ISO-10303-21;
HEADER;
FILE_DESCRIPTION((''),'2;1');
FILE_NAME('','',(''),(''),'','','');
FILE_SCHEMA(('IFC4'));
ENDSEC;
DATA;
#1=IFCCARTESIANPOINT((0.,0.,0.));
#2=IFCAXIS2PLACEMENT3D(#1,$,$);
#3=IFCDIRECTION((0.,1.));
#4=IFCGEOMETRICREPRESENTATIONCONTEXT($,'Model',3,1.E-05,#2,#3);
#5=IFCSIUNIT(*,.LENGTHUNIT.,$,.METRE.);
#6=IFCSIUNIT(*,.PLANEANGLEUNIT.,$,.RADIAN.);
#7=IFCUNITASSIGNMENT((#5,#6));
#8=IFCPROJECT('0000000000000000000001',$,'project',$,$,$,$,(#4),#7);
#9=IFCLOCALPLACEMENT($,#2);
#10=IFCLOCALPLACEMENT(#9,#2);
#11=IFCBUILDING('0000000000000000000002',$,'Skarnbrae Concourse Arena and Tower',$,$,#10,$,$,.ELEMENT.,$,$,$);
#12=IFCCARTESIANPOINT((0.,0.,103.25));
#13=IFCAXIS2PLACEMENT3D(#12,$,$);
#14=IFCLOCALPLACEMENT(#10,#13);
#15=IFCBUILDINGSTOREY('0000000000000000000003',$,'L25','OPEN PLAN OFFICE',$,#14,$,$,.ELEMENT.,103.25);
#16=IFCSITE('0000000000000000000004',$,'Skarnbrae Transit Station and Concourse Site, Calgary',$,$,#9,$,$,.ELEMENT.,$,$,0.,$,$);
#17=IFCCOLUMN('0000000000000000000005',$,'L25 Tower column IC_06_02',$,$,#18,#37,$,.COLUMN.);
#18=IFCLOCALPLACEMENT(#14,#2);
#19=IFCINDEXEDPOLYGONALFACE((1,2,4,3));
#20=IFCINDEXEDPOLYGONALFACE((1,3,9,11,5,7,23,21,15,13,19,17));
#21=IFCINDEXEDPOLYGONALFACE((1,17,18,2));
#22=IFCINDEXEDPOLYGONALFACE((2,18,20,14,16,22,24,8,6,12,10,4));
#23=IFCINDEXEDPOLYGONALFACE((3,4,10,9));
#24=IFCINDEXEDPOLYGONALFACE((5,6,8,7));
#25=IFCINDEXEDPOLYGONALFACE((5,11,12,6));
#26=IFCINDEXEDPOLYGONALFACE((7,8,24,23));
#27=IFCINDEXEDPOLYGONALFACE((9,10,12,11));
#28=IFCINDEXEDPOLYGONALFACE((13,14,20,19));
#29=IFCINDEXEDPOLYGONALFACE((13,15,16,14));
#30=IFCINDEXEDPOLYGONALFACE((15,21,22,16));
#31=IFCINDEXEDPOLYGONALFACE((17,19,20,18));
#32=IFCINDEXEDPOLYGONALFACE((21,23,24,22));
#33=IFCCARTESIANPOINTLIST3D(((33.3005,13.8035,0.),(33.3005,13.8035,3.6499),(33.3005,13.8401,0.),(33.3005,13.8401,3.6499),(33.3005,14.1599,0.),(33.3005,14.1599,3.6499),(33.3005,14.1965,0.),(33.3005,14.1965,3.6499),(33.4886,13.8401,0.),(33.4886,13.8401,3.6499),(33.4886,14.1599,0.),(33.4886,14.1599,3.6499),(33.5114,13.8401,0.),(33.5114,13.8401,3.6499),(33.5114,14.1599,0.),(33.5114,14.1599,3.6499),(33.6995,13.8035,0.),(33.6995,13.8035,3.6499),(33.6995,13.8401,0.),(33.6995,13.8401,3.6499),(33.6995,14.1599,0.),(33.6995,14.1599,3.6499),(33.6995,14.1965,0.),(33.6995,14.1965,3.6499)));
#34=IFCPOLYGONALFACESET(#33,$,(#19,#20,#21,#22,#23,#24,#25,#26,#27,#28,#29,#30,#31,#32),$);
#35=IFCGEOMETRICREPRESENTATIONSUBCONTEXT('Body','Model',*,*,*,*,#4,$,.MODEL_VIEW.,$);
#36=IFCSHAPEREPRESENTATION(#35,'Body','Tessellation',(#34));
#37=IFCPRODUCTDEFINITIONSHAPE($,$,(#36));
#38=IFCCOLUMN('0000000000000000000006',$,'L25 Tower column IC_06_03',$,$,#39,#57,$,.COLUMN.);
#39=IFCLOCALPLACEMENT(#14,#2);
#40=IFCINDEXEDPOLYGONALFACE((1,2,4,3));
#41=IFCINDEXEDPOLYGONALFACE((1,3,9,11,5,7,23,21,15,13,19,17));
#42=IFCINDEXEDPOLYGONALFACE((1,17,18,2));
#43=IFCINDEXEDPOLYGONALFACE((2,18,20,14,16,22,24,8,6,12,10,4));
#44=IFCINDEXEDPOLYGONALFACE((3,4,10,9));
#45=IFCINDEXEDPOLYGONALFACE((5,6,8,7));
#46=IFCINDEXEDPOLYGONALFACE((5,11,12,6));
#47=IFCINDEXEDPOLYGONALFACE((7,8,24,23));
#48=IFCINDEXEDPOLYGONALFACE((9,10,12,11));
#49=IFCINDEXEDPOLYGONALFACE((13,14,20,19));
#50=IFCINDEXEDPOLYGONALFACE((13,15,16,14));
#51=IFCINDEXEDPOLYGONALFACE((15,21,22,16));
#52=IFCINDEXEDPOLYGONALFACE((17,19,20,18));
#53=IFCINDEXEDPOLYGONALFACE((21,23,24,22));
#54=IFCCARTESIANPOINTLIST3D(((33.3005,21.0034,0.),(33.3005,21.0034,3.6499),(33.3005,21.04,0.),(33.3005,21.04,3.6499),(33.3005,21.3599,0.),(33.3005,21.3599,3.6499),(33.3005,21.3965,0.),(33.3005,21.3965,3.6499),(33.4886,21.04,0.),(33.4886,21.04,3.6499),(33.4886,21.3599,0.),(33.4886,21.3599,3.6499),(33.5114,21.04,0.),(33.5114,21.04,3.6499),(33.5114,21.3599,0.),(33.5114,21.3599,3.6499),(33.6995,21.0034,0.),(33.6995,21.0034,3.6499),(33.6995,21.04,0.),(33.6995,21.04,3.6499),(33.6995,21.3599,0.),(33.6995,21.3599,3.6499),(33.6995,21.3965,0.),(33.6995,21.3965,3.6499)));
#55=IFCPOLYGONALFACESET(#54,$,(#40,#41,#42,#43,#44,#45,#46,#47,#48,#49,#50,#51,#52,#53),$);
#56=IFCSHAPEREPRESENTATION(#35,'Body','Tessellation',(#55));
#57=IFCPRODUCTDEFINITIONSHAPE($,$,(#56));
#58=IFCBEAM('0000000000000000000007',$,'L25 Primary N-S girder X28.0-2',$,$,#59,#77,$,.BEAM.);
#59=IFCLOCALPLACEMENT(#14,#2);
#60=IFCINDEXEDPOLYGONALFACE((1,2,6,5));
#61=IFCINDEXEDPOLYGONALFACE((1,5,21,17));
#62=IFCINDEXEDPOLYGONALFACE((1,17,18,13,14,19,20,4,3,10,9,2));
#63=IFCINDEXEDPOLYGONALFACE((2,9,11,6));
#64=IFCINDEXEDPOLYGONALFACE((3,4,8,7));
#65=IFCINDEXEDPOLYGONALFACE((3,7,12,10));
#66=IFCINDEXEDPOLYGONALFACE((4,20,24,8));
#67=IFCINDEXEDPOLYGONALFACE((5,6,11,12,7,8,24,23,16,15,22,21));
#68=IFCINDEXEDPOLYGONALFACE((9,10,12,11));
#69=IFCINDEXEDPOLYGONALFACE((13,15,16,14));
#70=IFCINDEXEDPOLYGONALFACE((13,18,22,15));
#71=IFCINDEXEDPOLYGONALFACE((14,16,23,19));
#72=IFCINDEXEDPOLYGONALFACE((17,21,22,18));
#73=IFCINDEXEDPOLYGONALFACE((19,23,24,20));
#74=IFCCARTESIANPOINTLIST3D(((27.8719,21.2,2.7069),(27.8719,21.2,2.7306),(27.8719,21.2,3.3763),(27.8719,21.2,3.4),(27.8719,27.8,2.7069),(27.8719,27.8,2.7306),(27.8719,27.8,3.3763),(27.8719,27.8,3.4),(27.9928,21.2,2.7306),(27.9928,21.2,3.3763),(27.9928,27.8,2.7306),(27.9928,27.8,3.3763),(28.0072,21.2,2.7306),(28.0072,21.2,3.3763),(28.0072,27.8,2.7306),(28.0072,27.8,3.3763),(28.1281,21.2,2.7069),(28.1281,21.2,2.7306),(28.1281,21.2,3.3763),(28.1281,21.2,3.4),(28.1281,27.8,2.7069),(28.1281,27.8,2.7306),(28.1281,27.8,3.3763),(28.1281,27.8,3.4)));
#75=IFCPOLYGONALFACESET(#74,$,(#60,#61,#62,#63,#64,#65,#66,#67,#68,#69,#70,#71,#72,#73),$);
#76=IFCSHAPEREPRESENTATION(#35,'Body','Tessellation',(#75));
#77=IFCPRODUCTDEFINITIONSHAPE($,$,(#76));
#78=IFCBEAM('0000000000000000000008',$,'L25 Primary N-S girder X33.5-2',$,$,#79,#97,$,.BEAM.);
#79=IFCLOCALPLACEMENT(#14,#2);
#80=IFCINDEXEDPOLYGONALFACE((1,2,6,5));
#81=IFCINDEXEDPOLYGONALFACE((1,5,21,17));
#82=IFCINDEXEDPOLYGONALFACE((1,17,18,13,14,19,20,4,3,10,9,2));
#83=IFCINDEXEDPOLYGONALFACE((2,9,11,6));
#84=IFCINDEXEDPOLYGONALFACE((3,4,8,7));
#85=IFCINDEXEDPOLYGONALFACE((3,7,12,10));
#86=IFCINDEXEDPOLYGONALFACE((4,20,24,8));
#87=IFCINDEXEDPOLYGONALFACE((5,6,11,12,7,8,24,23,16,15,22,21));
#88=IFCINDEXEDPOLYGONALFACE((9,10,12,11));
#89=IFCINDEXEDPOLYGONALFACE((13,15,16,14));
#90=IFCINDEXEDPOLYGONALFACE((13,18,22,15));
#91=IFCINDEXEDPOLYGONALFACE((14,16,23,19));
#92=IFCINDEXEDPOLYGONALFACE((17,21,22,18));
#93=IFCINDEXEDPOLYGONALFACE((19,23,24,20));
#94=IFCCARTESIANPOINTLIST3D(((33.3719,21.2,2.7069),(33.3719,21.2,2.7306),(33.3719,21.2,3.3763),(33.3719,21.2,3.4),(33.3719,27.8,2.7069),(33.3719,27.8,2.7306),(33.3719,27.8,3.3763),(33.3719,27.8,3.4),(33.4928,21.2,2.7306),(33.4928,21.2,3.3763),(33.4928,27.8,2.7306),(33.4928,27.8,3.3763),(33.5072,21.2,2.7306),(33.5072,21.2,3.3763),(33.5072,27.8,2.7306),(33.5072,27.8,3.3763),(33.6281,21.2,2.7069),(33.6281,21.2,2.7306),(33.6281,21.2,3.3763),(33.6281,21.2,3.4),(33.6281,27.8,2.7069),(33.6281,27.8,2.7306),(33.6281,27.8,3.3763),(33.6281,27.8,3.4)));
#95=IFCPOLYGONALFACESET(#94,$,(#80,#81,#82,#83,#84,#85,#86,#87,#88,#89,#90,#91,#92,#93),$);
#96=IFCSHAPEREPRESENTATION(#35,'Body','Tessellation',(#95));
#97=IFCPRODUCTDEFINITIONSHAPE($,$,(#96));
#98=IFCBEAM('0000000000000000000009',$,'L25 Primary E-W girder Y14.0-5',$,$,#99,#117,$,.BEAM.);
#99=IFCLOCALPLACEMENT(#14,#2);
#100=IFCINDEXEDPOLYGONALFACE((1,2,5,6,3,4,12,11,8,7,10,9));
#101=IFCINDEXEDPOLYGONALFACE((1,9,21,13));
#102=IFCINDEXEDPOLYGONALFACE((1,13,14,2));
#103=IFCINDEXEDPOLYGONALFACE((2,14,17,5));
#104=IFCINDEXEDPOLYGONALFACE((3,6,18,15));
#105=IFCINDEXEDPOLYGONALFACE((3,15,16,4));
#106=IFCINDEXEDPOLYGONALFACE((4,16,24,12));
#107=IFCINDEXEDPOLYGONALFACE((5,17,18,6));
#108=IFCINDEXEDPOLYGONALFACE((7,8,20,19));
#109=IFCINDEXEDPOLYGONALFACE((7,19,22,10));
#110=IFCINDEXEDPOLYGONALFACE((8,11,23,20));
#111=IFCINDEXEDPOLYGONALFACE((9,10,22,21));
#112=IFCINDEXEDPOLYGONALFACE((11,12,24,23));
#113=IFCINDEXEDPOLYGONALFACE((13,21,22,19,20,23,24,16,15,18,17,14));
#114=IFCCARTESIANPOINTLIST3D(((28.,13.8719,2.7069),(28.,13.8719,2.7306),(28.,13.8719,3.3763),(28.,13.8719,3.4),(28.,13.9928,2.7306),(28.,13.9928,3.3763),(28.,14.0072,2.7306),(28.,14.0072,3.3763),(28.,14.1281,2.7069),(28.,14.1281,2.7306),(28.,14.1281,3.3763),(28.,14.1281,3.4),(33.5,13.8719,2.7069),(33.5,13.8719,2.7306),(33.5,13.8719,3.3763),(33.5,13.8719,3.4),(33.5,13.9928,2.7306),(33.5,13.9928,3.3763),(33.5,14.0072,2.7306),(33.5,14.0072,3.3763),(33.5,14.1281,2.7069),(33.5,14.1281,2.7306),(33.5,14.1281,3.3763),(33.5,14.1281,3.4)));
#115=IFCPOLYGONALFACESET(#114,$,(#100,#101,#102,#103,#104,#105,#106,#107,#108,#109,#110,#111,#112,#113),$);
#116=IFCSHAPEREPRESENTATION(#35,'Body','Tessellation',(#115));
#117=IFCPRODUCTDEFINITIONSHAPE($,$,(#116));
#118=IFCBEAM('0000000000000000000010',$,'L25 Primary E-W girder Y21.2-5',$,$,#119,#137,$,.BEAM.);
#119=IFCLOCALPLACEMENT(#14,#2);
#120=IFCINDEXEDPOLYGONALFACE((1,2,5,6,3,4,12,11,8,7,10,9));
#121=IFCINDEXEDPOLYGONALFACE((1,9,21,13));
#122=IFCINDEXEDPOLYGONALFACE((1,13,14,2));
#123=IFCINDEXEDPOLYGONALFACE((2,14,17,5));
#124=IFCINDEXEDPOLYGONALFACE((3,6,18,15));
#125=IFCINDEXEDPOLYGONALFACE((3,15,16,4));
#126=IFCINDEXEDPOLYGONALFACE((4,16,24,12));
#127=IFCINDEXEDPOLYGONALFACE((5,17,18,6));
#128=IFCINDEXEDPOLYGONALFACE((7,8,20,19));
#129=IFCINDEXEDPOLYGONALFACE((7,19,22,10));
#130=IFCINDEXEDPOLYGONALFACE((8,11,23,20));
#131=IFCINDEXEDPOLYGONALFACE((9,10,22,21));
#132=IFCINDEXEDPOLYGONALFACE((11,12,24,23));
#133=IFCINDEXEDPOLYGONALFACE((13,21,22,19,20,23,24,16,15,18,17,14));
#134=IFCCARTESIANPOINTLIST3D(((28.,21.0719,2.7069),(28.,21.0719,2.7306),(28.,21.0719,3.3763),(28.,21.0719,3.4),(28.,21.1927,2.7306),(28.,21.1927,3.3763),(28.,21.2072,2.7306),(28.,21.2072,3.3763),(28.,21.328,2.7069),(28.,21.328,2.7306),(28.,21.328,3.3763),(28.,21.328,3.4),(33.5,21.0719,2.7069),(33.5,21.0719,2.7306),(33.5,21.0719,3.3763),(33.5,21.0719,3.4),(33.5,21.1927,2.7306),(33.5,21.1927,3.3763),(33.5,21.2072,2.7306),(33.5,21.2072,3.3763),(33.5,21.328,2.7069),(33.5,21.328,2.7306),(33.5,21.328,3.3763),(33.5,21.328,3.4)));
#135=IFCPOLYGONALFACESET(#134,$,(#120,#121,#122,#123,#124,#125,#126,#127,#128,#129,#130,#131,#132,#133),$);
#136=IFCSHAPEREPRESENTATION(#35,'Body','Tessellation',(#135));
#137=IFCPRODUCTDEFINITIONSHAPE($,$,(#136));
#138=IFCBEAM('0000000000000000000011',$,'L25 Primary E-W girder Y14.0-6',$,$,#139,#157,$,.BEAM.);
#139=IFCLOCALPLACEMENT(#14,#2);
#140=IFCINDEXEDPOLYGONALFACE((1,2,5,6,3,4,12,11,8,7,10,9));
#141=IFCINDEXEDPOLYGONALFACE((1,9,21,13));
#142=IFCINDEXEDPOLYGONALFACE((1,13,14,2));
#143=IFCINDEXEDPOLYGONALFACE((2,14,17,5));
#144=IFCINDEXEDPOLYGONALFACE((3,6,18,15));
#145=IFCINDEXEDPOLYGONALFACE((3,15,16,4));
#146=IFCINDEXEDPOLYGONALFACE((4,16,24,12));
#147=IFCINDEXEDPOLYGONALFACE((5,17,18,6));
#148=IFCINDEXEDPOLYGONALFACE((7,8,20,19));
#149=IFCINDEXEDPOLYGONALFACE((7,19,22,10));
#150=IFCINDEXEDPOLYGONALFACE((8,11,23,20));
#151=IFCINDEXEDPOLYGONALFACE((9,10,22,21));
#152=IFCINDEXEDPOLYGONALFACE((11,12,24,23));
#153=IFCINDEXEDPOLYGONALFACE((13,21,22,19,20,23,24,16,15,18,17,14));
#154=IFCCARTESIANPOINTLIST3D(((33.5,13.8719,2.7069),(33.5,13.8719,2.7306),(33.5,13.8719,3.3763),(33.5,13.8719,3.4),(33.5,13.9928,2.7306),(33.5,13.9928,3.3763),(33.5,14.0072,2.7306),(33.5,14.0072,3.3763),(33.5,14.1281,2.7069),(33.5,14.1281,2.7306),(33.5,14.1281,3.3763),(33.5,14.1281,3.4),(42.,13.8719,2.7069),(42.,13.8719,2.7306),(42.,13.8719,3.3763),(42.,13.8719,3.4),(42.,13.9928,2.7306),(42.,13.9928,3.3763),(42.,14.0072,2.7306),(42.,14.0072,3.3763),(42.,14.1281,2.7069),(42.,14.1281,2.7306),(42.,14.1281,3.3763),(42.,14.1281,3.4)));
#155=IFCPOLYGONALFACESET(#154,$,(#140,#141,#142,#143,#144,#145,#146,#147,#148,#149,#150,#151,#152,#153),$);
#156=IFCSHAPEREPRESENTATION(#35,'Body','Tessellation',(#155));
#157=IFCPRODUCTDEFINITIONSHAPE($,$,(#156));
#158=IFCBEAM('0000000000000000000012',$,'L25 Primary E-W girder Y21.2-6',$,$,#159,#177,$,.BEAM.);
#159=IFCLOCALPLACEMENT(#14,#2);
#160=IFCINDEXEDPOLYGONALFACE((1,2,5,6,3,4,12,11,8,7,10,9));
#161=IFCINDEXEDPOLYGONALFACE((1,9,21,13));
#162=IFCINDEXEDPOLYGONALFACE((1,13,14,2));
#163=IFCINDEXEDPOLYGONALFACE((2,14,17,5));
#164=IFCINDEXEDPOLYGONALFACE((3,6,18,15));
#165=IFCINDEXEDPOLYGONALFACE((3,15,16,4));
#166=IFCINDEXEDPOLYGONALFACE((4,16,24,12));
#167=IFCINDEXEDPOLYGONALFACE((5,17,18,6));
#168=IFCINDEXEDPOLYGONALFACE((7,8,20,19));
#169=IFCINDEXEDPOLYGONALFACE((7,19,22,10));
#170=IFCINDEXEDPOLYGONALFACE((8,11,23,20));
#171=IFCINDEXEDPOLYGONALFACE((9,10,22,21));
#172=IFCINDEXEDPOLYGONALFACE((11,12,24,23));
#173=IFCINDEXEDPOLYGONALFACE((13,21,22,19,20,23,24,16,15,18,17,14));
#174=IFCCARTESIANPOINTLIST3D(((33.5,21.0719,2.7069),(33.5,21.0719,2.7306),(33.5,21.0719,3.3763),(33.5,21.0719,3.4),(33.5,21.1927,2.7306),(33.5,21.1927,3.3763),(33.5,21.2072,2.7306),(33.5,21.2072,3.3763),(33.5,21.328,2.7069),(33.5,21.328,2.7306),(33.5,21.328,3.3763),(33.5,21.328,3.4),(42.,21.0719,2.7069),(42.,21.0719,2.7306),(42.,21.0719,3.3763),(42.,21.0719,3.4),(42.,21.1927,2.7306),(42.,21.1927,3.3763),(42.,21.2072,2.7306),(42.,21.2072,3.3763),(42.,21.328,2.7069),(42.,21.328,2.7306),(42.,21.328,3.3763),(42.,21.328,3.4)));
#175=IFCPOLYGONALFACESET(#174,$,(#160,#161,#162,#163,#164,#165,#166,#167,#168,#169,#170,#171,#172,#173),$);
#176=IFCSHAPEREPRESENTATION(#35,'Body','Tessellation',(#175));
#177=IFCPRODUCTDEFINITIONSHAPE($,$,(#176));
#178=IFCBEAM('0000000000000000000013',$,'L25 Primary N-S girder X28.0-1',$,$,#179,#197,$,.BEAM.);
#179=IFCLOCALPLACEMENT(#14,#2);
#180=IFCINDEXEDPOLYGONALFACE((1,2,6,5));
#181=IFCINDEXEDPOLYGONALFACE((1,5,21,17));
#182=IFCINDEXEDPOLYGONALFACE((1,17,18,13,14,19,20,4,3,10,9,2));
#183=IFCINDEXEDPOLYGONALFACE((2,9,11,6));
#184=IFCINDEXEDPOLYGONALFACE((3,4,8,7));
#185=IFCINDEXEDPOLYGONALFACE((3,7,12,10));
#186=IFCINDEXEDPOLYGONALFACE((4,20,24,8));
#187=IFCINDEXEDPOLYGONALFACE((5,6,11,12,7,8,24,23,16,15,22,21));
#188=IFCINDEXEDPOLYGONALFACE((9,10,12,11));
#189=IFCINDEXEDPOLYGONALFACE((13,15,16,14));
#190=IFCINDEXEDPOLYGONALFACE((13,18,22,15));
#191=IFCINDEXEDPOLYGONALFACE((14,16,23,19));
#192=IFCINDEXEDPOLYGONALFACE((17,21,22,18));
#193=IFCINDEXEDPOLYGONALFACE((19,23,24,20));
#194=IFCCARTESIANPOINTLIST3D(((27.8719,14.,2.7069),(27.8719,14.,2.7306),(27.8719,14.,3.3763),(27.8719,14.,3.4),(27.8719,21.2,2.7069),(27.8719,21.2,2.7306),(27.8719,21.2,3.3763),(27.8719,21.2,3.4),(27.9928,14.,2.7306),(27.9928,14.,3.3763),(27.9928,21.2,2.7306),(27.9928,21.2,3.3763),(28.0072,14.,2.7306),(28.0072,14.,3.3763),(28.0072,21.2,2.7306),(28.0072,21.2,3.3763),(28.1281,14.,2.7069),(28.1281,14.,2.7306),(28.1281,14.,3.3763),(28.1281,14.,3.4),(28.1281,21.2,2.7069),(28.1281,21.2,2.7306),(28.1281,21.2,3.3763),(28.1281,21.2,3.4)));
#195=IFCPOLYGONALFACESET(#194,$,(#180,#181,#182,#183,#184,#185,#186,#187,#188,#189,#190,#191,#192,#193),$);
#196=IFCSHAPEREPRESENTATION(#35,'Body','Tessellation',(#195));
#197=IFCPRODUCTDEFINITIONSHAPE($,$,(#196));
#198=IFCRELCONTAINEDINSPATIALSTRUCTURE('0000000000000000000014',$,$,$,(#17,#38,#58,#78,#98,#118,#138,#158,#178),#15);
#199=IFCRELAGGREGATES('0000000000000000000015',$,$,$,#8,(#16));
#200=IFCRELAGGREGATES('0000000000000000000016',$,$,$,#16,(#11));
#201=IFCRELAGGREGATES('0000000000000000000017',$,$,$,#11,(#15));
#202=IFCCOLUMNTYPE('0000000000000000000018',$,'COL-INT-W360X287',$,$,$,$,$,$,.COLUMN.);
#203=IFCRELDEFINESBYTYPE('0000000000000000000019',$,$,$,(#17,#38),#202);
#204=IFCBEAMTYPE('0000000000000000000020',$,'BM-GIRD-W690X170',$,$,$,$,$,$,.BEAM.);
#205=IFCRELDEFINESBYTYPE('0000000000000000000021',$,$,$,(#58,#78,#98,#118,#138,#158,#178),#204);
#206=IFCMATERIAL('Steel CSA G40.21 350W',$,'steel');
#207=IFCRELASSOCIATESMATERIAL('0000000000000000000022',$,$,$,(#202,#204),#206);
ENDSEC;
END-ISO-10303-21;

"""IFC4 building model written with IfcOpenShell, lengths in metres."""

from ifc_helpers import new_model, si_unit, direction, frame, origin, origin_2d, place, context, subcontext, project, spatial, i_section, extrude, source, transform, mapped, material, material_profile, profile_set, type_object, element, save


model = new_model("IFC4")

# Units and contexts
model_context = context("Model", 3, precision=1e-05, world=origin(), true_north=direction((0.0, 1.0)))
body_context = subcontext(model_context, "Body", "Model", "MODEL_VIEW")
ifc_project = project(units=[si_unit("LENGTHUNIT", "METRE"), si_unit("PLANEANGLEUNIT", "RADIAN")], contexts=[model_context])

# Site, building, storey
site_placement = place(None, origin())
site = spatial("IfcSite", under=ifc_project, at=site_placement, Name="Skarnbrae Transit Station and Concourse Site, Calgary", CompositionType="ELEMENT", RefElevation=0.0)
building_placement = place(site_placement, origin())
building = spatial("IfcBuilding", under=site, at=building_placement, Name="Skarnbrae Concourse Arena and Tower", CompositionType="ELEMENT")
storey_placement = place(building_placement, frame((0.0, 0.0, 103.25)))
storey = spatial("IfcBuildingStorey", under=building, at=storey_placement, Name="L25", Description="OPEN PLAN OFFICE", CompositionType="ELEMENT", Elevation=103.25)

# Columns
ifc_material_1 = material(Name="Steel CSA G40.21 350W", Category="steel")
ifc_material_profile_1 = material_profile(ifc_material_1, i_section(OverallWidth=0.3989, OverallDepth=0.3931, WebThickness=0.0227, FlangeThickness=0.0366, at=origin_2d()), Name="W360X287")
ifc_profile_set_1 = profile_set([ifc_material_profile_1], Name="Steel CSA G40.21 350W")
column_type = type_object("IfcColumnType", Name="COL-INT-W360X287", PredefinedType="COLUMN", material=ifc_profile_set_1)
shared_shape_1 = source(origin(), body_context, "Body", "SweptSolid", [
    extrude(i_section(OverallWidth=0.3989, OverallDepth=0.3931, WebThickness=0.0227, FlangeThickness=0.0366, at=origin_2d()), origin(), (0.0, 0.0, 1.0), 3.6499),
])
for number, where, z_axis, x_axis, name in (
    (1, (33.5, 14.0, 0.0), (0.0, 0.0, 1.0), (1.0, 0.0, 0.0), "L25 Tower column IC_06_02"),
    (2, (33.5, 21.2, 0.0), (0.0, 0.0, 1.0), (1.0, 0.0, 0.0), "L25 Tower column IC_06_03"),
):
    element("IfcColumn", number, at=place(storey_placement, frame(where, z_axis=z_axis, x_axis=x_axis)), inside=storey, type_object=column_type, Name=name, PredefinedType="COLUMN", context=body_context, shape_type="MappedRepresentation", body=[
        mapped(shared_shape_1, transform((0.0, 0.0, 0.0))),
    ])

# Beams
ifc_material_profile_2 = material_profile(ifc_material_1, i_section(OverallWidth=0.2561, OverallDepth=0.6931, WebThickness=0.0144, FlangeThickness=0.0237, at=origin_2d()), Name="W690X170")
ifc_profile_set_2 = profile_set([ifc_material_profile_2], Name="Steel CSA G40.21 350W")
beam_type_1 = type_object("IfcBeamType", Name="BM-GIRD-W690X170", PredefinedType="BEAM", material=ifc_profile_set_2)
shared_shape_2 = source(origin(), body_context, "Body", "SweptSolid", [
    extrude(i_section(OverallWidth=0.2561, OverallDepth=0.6931, WebThickness=0.0144, FlangeThickness=0.0237, at=origin_2d()), origin(), (0.0, 0.0, 1.0), 6.6001),
])
for number, where, z_axis, x_axis, name in (
    (3, (28.0, 21.2, 3.0535), (0.0, 1.0, 0.0), (-1.0, 0.0, 0.0), "L25 Primary N-S girder X28.0-2"),
    (4, (33.5, 21.2, 3.0535), (0.0, 1.0, 0.0), (-1.0, 0.0, 0.0), "L25 Primary N-S girder X33.5-2"),
):
    element("IfcBeam", number, at=place(storey_placement, frame(where, z_axis=z_axis, x_axis=x_axis)), inside=storey, type_object=beam_type_1, Name=name, PredefinedType="BEAM", context=body_context, shape_type="MappedRepresentation", body=[
        mapped(shared_shape_2, transform((0.0, 0.0, 0.0))),
    ])
shared_shape_3 = source(origin(), body_context, "Body", "SweptSolid", [
    extrude(i_section(OverallWidth=0.2561, OverallDepth=0.6931, WebThickness=0.0144, FlangeThickness=0.0237, at=origin_2d()), origin(), (0.0, 0.0, 1.0), 5.5),
])
for number, where, z_axis, x_axis, name in (
    (5, (28.0, 14.0, 3.0535), (1.0, 0.0, 0.0), (0.0, 1.0, 0.0), "L25 Primary E-W girder Y14.0-5"),
    (6, (28.0, 21.2, 3.0535), (1.0, 0.0, 0.0), (0.0, 1.0, 0.0), "L25 Primary E-W girder Y21.2-5"),
):
    element("IfcBeam", number, at=place(storey_placement, frame(where, z_axis=z_axis, x_axis=x_axis)), inside=storey, type_object=beam_type_1, Name=name, PredefinedType="BEAM", context=body_context, shape_type="MappedRepresentation", body=[
        mapped(shared_shape_3, transform((0.0, 0.0, 0.0))),
    ])
shared_shape_4 = source(origin(), body_context, "Body", "SweptSolid", [
    extrude(i_section(OverallWidth=0.2561, OverallDepth=0.6931, WebThickness=0.0144, FlangeThickness=0.0237, at=origin_2d()), origin(), (0.0, 0.0, 1.0), 8.5),
])
for number, where, z_axis, x_axis, name in (
    (7, (33.5, 14.0, 3.0535), (1.0, 0.0, 0.0), (0.0, 1.0, 0.0), "L25 Primary E-W girder Y14.0-6"),
    (8, (33.5, 21.2, 3.0535), (1.0, 0.0, 0.0), (0.0, 1.0, 0.0), "L25 Primary E-W girder Y21.2-6"),
):
    element("IfcBeam", number, at=place(storey_placement, frame(where, z_axis=z_axis, x_axis=x_axis)), inside=storey, type_object=beam_type_1, Name=name, PredefinedType="BEAM", context=body_context, shape_type="MappedRepresentation", body=[
        mapped(shared_shape_4, transform((0.0, 0.0, 0.0))),
    ])
shared_shape_5 = source(origin(), body_context, "Body", "SweptSolid", [
    extrude(i_section(OverallWidth=0.2561, OverallDepth=0.6931, WebThickness=0.0144, FlangeThickness=0.0237, at=origin_2d()), origin(), (0.0, 0.0, 1.0), 7.2),
])
for number, where, z_axis, x_axis, name in (
    (9, (28.0, 14.0, 3.0535), (0.0, 1.0, 0.0), (-1.0, 0.0, 0.0), "L25 Primary N-S girder X28.0-1"),
):
    element("IfcBeam", number, at=place(storey_placement, frame(where, z_axis=z_axis, x_axis=x_axis)), inside=storey, type_object=beam_type_1, Name=name, PredefinedType="BEAM", context=body_context, shape_type="MappedRepresentation", body=[
        mapped(shared_shape_5, transform((0.0, 0.0, 0.0))),
    ])

save(model, "model.ifc")
